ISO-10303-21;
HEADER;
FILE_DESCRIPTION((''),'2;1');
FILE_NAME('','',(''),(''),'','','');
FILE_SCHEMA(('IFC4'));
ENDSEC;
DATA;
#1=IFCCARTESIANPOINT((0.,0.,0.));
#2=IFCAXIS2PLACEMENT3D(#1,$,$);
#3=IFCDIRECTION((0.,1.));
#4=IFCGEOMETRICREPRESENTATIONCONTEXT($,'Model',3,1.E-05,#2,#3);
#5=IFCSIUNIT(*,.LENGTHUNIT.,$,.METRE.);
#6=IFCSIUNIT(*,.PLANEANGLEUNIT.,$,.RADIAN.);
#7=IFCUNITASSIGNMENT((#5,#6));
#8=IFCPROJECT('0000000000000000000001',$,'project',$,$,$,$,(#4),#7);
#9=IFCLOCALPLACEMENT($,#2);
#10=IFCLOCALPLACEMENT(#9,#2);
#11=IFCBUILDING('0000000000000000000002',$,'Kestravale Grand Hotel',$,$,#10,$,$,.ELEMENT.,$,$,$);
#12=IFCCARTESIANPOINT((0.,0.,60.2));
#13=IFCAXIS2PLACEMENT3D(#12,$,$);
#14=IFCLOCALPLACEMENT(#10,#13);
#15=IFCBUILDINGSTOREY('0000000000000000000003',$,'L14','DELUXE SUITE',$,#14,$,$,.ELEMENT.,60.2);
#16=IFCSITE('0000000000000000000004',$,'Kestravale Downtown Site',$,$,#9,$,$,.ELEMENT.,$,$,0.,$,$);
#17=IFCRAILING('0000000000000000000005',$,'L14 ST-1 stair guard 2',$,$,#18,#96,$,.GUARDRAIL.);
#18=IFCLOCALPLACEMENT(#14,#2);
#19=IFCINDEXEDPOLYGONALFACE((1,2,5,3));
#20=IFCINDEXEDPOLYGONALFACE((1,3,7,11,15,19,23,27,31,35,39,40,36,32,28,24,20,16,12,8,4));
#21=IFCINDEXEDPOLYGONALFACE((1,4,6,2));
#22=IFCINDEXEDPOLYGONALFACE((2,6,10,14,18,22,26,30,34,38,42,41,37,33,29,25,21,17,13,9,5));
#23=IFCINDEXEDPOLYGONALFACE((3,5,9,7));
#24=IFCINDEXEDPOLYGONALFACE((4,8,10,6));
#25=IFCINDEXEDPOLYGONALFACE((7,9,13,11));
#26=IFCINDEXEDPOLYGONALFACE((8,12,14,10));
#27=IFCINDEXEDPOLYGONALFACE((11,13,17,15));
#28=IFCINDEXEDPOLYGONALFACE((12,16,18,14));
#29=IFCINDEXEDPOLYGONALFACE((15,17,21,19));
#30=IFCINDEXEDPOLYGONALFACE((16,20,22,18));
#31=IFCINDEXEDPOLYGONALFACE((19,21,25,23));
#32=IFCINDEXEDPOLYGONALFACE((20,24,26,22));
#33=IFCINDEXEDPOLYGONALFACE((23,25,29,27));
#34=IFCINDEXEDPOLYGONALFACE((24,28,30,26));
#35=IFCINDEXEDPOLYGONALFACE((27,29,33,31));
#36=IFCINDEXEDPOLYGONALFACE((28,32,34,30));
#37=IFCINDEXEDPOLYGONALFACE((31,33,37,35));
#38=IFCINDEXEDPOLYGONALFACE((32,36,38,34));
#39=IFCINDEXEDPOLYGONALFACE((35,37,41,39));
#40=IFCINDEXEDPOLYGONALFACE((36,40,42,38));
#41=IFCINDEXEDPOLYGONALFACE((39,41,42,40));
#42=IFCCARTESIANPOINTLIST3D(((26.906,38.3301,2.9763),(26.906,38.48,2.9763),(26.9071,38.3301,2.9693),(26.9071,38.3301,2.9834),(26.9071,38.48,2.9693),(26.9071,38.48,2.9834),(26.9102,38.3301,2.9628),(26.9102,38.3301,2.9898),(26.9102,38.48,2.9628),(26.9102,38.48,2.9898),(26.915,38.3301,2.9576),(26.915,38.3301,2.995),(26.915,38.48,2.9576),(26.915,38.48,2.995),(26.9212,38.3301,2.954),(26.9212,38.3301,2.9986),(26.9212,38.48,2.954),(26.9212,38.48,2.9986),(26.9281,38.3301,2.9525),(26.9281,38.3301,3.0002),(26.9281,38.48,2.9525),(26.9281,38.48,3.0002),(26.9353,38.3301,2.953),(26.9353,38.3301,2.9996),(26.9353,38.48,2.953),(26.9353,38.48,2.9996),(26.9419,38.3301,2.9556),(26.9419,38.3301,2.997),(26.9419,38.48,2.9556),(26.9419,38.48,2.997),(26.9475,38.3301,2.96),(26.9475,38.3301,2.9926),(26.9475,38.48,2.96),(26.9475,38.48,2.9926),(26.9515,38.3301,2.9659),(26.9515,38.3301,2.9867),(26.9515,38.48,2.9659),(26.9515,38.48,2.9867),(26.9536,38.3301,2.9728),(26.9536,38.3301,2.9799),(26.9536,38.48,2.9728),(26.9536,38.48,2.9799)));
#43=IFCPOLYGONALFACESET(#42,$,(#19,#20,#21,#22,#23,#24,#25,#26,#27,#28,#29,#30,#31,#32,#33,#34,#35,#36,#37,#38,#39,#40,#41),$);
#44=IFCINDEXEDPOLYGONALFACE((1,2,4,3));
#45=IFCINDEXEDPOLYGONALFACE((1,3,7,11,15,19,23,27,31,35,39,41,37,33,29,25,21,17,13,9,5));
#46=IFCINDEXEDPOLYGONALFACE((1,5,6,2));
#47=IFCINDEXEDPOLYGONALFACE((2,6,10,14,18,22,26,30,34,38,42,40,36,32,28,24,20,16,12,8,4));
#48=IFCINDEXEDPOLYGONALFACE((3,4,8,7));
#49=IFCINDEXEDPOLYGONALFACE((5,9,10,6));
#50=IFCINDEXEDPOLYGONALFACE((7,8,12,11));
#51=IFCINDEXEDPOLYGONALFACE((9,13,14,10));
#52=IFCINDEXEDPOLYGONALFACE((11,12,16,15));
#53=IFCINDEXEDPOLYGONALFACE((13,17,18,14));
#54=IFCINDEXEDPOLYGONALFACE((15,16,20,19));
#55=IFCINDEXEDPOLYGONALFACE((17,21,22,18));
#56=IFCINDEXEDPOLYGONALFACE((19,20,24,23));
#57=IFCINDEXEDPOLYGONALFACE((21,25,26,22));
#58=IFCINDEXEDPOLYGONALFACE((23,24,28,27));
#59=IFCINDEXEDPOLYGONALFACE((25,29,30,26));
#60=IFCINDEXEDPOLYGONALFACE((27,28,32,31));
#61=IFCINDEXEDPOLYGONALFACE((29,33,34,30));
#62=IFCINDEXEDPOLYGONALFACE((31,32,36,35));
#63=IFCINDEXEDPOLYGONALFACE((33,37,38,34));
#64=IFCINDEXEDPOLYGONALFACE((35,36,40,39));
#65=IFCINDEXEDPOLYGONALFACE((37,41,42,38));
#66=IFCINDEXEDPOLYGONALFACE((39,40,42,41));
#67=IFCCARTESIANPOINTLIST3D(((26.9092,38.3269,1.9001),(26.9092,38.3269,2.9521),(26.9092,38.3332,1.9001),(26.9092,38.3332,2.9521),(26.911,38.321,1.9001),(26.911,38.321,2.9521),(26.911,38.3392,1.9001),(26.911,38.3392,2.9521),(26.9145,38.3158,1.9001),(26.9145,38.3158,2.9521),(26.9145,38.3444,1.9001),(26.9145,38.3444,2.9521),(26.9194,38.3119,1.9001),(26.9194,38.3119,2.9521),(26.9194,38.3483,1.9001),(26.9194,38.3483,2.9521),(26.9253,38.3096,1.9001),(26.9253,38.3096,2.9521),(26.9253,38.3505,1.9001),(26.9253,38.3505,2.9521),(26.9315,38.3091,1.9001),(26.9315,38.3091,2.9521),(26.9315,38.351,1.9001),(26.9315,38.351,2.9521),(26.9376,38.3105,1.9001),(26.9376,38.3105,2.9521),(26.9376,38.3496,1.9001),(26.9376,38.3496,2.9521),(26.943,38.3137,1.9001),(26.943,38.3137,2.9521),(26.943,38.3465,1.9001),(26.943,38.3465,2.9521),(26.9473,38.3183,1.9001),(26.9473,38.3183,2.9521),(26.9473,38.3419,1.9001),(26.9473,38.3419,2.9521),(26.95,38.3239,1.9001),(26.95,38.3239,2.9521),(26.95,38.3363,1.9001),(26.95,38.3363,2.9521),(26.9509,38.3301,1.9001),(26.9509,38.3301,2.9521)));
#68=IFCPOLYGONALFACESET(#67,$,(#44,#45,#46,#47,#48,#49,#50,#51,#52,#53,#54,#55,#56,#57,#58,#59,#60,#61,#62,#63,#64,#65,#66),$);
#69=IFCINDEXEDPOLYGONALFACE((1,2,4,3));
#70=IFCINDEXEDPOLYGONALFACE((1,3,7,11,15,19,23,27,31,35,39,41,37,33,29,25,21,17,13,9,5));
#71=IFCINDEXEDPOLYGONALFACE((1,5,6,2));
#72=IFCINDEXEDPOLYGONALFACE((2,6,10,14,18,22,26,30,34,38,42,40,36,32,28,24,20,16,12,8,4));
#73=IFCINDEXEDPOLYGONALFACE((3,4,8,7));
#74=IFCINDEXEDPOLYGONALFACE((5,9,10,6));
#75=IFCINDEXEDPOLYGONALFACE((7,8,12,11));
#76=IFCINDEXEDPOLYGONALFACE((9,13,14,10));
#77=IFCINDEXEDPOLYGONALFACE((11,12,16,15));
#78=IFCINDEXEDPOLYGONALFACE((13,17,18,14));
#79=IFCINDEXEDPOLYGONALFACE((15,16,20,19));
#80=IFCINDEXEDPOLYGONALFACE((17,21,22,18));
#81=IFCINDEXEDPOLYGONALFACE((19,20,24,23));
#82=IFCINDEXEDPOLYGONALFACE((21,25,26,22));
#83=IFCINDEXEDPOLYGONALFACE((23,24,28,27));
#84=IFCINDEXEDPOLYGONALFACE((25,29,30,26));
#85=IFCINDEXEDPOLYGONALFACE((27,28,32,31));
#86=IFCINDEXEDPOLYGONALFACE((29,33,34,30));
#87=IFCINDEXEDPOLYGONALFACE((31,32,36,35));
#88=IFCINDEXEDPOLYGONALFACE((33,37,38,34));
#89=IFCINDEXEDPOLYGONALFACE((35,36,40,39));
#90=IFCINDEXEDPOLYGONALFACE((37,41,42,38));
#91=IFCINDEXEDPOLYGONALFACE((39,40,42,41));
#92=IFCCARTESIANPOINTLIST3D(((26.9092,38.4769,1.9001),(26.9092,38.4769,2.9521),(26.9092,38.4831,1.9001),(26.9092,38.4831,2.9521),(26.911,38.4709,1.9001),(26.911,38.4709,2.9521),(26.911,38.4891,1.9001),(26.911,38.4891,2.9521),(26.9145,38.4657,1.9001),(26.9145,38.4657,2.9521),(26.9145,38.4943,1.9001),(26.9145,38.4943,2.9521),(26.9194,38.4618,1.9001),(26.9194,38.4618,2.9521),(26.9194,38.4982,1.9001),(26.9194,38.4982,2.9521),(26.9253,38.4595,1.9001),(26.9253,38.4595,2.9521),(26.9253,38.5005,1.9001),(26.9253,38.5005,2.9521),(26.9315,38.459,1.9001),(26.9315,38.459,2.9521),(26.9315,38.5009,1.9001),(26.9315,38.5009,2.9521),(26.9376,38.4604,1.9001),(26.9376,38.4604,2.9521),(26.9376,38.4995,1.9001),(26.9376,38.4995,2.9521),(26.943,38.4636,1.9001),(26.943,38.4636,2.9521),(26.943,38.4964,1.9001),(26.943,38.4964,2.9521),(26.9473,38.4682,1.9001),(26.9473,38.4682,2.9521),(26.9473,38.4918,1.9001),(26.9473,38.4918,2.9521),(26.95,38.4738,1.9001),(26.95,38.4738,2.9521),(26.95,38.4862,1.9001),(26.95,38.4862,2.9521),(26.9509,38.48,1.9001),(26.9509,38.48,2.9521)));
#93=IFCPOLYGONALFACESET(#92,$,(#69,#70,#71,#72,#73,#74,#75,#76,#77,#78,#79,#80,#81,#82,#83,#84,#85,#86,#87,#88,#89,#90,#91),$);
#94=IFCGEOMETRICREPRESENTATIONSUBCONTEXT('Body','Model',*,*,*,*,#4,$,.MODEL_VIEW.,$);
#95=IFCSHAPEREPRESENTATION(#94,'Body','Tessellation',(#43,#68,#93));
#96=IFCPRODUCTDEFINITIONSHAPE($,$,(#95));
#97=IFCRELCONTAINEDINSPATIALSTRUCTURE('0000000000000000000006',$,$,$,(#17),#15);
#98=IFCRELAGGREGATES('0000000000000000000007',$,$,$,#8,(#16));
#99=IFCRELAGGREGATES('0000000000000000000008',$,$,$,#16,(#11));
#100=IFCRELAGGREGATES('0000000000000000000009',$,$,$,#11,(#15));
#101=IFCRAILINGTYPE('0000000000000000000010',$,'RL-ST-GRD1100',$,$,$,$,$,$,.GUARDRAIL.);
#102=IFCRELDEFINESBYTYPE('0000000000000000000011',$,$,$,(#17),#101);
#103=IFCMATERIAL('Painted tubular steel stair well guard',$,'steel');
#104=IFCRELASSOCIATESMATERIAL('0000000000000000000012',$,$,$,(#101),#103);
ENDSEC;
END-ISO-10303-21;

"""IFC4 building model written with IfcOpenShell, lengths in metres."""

from ifc_helpers import new_model, si_unit, direction, frame, origin, origin_2d, place, context, subcontext, project, spatial, circle, extrude, material, type_object, element, save


model = new_model("IFC4")

# Units and contexts
model_context = context("Model", 3, precision=1e-05, world=origin(), true_north=direction((0.0, 1.0)))
body_context = subcontext(model_context, "Body", "Model", "MODEL_VIEW")
ifc_project = project(units=[si_unit("LENGTHUNIT", "METRE"), si_unit("PLANEANGLEUNIT", "RADIAN")], contexts=[model_context])

# Site, building, storey
site_placement = place(None, origin())
site = spatial("IfcSite", under=ifc_project, at=site_placement, Name="Kestravale Downtown Site", CompositionType="ELEMENT", RefElevation=0.0)
building_placement = place(site_placement, origin())
building = spatial("IfcBuilding", under=site, at=building_placement, Name="Kestravale Grand Hotel", CompositionType="ELEMENT")
storey_placement = place(building_placement, frame((0.0, 0.0, 60.2)))
storey = spatial("IfcBuildingStorey", under=building, at=storey_placement, Name="L14", Description="DELUXE SUITE", CompositionType="ELEMENT", Elevation=60.2)

# Railing
ifc_material_1 = material(Name="Painted tubular steel stair well guard", Category="steel")
railing_type_1 = type_object("IfcRailingType", Name="RL-ST-GRD1100", PredefinedType="GUARDRAIL", material=ifc_material_1)
railing_1_placement = place(storey_placement, frame((26.9299, 38.3301, 1.9001)))
element("IfcRailing", 1, at=railing_1_placement, inside=storey, type_object=railing_type_1, Name="L14 ST-1 stair guard 2", PredefinedType="GUARDRAIL", context=body_context, shape_type="SweptSolid", body=[
    extrude(circle(Radius=0.0239, at=origin_2d()), frame((0.0, 0.0, 1.0762), z_axis=(0.0, 1.0, 0.0), x_axis=(-1.0, 0.0, 0.0)), (0.0, 0.0, 1.0), 0.1499),
    extrude(circle(Radius=0.021, at=origin_2d()), origin(), (0.0, 0.0, 1.0), 1.052),
    extrude(circle(Radius=0.021, at=origin_2d()), frame((0.0, 0.1499, 0.0)), (0.0, 0.0, 1.0), 1.052),
])

save(model, "model.ifc")
